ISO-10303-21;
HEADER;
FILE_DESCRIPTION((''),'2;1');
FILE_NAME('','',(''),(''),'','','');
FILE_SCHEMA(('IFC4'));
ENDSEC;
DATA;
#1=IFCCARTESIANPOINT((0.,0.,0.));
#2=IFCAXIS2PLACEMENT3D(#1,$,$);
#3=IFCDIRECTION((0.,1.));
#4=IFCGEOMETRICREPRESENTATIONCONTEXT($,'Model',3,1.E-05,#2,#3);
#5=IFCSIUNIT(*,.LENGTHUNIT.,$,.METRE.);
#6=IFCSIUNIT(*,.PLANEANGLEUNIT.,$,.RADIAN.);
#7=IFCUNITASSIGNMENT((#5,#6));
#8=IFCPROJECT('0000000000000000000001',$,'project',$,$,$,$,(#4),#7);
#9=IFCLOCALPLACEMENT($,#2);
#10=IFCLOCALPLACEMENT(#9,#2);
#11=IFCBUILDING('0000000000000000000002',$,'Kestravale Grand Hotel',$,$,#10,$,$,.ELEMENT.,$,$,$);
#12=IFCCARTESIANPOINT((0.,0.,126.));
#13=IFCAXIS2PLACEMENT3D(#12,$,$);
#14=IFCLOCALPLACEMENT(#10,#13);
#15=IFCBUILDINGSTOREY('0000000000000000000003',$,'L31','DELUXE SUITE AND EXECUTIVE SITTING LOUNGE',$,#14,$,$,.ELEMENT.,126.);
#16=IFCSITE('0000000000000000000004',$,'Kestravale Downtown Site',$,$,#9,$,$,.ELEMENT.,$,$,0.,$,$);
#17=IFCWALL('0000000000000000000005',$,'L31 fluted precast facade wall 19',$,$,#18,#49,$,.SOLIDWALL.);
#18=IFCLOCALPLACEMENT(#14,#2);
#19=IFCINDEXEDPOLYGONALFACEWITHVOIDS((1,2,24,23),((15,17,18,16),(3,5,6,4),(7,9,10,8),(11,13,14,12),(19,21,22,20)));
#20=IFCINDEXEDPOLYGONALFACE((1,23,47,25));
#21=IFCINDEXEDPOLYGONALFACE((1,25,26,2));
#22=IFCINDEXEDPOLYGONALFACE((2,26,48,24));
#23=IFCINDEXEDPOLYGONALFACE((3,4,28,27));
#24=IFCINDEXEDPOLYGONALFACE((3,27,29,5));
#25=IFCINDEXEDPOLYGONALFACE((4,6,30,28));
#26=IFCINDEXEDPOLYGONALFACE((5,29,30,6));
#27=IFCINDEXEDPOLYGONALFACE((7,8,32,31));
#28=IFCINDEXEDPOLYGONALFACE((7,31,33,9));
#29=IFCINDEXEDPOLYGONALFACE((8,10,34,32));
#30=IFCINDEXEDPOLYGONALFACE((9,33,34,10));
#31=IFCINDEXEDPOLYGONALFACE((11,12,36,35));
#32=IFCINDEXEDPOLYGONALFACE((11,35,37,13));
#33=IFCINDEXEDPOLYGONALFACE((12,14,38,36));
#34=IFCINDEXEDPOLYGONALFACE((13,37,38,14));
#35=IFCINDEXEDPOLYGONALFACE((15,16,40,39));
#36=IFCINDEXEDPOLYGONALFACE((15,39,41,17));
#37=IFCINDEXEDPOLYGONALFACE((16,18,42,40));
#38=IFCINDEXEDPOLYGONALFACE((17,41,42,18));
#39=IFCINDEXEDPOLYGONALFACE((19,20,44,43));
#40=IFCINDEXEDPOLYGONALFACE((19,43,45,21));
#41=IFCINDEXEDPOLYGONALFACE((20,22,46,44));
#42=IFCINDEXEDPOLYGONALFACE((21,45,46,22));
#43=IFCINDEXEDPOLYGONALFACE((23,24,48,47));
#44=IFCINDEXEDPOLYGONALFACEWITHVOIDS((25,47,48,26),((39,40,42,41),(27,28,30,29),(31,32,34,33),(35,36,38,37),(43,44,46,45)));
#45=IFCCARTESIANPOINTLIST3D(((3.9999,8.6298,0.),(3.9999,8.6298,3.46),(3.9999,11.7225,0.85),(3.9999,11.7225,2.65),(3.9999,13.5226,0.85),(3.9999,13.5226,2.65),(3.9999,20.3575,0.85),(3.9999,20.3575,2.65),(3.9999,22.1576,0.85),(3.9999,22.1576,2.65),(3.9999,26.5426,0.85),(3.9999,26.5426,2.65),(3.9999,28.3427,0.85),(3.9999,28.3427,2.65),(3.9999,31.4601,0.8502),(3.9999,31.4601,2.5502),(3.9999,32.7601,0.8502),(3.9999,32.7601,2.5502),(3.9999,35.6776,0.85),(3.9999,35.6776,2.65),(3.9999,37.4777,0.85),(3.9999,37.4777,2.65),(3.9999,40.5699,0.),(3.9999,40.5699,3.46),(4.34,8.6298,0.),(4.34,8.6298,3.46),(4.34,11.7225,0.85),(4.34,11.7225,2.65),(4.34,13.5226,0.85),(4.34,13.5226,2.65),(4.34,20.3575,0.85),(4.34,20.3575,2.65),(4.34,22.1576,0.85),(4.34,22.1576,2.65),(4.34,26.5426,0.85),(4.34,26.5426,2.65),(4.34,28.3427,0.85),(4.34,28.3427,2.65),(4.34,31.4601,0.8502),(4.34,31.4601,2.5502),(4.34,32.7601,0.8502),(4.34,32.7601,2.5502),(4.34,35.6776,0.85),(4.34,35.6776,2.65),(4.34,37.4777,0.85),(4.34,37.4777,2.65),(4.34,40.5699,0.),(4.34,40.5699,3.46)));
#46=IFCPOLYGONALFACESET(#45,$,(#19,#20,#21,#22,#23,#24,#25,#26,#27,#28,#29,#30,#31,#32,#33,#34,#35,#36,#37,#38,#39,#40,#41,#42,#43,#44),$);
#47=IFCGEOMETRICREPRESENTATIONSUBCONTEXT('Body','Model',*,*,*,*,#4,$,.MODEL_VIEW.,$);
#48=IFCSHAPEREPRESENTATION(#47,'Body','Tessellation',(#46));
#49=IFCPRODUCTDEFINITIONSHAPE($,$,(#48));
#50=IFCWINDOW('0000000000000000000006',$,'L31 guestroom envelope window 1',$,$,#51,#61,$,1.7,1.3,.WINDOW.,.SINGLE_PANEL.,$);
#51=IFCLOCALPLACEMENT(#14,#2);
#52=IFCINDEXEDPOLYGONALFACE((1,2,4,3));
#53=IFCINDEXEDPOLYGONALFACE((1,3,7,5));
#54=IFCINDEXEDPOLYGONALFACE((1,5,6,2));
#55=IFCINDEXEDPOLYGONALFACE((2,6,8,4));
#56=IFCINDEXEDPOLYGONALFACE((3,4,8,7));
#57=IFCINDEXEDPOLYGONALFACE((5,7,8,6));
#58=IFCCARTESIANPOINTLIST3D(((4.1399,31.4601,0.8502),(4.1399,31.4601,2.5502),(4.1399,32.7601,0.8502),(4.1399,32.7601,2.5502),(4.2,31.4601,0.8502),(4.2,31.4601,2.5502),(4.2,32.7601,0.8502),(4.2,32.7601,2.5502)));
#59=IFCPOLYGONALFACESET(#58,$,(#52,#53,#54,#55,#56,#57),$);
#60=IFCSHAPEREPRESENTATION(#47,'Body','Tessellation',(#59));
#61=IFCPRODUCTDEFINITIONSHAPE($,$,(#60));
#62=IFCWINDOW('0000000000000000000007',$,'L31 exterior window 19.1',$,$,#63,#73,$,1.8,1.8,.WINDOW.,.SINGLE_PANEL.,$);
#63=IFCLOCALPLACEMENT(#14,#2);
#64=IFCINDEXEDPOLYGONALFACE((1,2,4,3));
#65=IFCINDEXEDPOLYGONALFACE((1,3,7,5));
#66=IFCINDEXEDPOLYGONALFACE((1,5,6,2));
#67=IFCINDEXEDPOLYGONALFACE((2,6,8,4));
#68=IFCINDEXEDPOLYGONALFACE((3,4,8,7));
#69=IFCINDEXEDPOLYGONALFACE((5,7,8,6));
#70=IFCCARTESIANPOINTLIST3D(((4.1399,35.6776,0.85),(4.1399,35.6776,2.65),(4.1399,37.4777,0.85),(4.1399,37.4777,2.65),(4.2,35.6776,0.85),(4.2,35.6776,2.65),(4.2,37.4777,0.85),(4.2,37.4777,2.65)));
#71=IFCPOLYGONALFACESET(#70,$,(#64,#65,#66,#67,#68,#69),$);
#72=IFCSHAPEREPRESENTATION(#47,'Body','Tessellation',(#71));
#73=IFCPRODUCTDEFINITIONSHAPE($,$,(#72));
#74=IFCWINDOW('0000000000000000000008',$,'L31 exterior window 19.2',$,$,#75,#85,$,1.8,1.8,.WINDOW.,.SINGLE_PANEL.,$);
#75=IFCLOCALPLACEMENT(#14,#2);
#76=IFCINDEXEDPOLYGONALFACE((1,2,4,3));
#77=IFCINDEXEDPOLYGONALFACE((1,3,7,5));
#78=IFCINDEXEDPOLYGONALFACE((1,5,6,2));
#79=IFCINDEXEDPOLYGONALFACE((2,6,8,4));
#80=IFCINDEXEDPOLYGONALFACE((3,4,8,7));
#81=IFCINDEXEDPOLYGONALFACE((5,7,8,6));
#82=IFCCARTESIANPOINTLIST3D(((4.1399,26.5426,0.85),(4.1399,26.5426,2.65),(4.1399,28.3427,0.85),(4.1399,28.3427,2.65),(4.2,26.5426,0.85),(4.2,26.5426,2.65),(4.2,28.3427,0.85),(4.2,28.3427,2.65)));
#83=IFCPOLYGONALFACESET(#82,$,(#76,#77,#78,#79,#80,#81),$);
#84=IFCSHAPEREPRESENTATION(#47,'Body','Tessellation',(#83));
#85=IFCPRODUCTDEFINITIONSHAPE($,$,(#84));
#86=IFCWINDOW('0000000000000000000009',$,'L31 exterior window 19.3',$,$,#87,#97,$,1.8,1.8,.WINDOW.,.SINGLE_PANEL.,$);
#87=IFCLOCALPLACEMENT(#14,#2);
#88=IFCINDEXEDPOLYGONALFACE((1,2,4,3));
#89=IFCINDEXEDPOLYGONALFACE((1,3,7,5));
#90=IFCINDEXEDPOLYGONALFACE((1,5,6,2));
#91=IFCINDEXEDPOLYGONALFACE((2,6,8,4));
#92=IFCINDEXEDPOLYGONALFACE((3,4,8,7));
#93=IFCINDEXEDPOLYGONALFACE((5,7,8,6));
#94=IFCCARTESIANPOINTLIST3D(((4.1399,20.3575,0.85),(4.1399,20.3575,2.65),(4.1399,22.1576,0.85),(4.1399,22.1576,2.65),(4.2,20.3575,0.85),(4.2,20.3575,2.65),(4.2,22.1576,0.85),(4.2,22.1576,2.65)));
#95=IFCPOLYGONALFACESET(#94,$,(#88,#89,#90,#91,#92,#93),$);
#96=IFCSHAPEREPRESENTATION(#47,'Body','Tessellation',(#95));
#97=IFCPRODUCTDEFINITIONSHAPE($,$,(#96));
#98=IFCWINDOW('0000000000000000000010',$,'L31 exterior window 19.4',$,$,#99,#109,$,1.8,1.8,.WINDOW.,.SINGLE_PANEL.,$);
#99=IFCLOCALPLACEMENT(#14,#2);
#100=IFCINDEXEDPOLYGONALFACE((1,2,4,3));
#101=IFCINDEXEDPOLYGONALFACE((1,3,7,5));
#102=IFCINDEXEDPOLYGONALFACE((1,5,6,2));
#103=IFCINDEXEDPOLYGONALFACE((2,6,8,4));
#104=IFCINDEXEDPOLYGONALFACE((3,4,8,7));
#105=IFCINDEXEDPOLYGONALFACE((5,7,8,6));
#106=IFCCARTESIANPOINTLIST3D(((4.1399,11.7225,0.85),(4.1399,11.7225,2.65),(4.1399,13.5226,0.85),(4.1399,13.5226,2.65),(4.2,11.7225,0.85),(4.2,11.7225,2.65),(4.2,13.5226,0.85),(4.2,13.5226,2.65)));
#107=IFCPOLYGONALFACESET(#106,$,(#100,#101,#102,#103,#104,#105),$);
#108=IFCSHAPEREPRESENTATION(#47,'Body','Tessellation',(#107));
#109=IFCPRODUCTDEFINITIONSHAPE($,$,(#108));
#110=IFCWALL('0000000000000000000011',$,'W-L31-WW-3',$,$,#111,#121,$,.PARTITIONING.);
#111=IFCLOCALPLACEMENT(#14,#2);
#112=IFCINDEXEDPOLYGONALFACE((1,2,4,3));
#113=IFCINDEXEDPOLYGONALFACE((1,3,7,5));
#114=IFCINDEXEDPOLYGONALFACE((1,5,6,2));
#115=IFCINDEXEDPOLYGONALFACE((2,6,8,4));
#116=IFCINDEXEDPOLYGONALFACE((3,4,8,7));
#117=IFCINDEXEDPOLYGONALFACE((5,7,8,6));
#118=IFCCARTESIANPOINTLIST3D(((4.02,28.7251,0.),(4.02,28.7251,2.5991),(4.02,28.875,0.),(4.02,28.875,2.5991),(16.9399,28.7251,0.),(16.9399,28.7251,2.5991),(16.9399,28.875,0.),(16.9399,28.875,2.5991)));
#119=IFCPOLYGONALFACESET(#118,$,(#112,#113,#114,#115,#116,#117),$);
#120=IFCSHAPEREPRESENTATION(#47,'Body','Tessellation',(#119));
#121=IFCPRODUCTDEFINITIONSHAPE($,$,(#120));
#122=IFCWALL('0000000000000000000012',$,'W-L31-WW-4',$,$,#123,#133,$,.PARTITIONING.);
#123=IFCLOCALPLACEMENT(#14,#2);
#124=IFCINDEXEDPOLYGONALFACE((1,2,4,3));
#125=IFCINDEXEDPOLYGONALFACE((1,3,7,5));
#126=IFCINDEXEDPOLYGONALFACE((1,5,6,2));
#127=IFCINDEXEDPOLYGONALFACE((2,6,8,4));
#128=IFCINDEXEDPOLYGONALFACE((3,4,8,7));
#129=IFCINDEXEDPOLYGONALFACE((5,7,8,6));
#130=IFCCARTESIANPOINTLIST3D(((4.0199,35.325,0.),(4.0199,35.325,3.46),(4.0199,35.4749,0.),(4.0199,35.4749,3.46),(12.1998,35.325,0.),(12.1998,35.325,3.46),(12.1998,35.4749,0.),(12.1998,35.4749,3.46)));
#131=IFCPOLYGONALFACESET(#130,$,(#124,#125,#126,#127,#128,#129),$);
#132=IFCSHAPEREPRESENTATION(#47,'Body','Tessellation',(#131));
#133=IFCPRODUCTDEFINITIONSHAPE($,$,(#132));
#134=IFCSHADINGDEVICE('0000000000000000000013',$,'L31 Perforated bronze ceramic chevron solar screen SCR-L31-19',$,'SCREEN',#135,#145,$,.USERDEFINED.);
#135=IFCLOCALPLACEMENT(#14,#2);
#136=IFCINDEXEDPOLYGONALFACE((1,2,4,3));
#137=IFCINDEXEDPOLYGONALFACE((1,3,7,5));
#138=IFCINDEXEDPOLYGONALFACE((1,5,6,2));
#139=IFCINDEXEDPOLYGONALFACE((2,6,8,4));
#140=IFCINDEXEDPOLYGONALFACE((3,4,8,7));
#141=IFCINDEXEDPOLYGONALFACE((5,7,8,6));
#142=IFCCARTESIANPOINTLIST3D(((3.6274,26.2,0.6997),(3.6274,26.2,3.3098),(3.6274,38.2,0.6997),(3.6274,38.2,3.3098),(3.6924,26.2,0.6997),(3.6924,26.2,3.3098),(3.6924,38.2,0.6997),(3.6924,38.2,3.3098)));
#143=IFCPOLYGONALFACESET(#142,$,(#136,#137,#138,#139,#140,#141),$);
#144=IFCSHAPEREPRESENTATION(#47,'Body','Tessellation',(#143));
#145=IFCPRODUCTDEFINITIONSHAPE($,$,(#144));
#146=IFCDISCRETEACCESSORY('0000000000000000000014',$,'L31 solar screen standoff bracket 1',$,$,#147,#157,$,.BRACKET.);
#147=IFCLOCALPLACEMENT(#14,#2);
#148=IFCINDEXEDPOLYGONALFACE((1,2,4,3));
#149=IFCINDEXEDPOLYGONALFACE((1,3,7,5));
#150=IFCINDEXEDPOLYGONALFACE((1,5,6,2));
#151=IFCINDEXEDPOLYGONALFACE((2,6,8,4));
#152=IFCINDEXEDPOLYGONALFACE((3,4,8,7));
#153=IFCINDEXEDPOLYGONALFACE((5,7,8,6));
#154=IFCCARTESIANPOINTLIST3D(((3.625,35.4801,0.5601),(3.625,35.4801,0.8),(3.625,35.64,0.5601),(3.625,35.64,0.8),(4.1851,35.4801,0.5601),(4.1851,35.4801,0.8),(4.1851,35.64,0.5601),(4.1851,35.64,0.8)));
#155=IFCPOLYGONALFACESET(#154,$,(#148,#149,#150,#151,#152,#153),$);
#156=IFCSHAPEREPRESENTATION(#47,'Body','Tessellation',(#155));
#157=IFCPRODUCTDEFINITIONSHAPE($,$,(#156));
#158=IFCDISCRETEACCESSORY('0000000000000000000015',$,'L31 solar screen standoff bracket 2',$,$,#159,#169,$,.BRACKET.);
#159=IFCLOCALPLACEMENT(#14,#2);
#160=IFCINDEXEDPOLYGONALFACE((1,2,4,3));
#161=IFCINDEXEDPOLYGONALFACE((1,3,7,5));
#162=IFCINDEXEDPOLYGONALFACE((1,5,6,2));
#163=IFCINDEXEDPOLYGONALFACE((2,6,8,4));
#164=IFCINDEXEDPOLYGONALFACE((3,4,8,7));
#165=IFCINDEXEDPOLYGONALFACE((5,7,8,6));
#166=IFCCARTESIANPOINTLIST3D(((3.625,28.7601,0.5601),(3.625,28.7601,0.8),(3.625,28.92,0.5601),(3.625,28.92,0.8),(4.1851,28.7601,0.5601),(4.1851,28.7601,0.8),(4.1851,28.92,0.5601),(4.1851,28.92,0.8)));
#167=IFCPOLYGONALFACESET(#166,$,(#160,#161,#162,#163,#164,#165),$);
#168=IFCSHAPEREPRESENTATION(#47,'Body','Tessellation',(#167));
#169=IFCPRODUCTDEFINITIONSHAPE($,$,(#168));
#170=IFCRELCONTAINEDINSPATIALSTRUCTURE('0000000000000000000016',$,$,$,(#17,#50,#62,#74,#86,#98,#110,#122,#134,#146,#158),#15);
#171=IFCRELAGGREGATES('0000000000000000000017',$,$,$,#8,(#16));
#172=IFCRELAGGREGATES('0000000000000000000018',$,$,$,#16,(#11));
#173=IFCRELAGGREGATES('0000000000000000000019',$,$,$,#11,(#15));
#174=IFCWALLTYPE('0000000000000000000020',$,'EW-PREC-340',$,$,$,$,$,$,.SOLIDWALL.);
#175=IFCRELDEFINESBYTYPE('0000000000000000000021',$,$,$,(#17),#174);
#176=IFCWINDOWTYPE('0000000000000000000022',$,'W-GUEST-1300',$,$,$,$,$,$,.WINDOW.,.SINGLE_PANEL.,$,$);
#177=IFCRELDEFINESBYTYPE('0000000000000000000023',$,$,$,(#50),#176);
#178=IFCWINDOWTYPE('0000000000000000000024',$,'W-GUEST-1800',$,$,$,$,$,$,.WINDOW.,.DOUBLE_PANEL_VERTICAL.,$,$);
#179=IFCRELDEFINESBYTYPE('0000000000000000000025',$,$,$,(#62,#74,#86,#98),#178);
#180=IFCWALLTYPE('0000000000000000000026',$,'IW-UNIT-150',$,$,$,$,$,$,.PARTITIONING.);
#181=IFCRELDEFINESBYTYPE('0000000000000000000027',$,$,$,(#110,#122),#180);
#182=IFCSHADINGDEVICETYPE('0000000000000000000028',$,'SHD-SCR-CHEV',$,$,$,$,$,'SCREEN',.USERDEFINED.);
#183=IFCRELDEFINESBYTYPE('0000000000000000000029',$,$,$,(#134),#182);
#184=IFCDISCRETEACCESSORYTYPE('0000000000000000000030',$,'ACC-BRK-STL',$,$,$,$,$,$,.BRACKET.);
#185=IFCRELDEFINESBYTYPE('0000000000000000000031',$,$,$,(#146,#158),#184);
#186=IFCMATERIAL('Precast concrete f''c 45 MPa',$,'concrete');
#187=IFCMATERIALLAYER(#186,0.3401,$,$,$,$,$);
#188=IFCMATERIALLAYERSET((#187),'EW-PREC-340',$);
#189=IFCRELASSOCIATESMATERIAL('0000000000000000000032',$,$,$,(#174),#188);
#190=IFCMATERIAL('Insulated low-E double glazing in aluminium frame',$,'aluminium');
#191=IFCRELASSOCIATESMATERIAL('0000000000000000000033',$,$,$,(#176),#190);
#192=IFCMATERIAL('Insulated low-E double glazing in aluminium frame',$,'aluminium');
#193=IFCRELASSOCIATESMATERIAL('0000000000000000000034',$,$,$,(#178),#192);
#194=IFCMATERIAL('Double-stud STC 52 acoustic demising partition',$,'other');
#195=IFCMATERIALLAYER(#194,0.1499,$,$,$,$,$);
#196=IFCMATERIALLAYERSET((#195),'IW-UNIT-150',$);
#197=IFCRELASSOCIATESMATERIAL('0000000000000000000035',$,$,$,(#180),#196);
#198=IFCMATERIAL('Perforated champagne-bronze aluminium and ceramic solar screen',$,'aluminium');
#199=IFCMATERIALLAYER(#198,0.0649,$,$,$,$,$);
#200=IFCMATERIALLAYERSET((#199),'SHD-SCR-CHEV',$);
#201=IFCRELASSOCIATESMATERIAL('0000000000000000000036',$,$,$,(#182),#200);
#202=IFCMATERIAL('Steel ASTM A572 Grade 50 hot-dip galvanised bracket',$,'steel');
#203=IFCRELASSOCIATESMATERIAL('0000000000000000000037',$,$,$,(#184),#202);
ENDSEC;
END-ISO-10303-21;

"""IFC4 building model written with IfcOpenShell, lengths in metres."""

from ifc_helpers import new_model, si_unit, direction, frame, frame_2d, origin, origin_2d, place, context, subcontext, project, spatial, rectangle, extrude, material, layer, layer_set, type_object, element, fill, save


model = new_model("IFC4")

# Units and contexts
model_context = context("Model", 3, precision=1e-05, world=origin(), true_north=direction((0.0, 1.0)))
body_context = subcontext(model_context, "Body", "Model", "MODEL_VIEW")
ifc_project = project(units=[si_unit("LENGTHUNIT", "METRE"), si_unit("PLANEANGLEUNIT", "RADIAN")], contexts=[model_context])

# Site, building, storey
site_placement = place(None, origin())
site = spatial("IfcSite", under=ifc_project, at=site_placement, Name="Kestravale Downtown Site", CompositionType="ELEMENT", RefElevation=0.0)
building_placement = place(site_placement, origin())
building = spatial("IfcBuilding", under=site, at=building_placement, Name="Kestravale Grand Hotel", CompositionType="ELEMENT")
storey_placement = place(building_placement, frame((0.0, 0.0, 126.0)))
storey = spatial("IfcBuildingStorey", under=building, at=storey_placement, Name="L31", Description="DELUXE SUITE AND EXECUTIVE SITTING LOUNGE", CompositionType="ELEMENT", Elevation=126.0)

# Wall, openings, windows
ifc_material_1 = material(Name="Precast concrete f'c 45 MPa", Category="concrete")
ifc_layer_1 = layer(ifc_material_1, 0.3401)
ifc_layer_set_1 = layer_set([ifc_layer_1], Name="EW-PREC-340")
wall_type_1 = type_object("IfcWallType", Name="EW-PREC-340", PredefinedType="SOLIDWALL", material=ifc_layer_set_1)
wall_1_placement = place(storey_placement, frame((4.1699, 40.5701, 0.0), z_axis=(0.0, 0.0, 1.0), x_axis=(0.0, -1.0, 0.0)))
wall_1 = element("IfcWall", 1, at=wall_1_placement, inside=storey, type_object=wall_type_1, Name="L31 fluted precast facade wall 19", PredefinedType="SOLIDWALL", context=body_context, shape_type="SweptSolid", body=[
    extrude(rectangle(XDim=31.9402, YDim=0.3401, at=frame_2d((15.9702, 0.0))), origin(), (0.0, 0.0, 1.0), 3.46),
])
opening_1_placement = place(wall_1_placement, frame((3.0925, 0.0, 0.8501)))
opening_1 = element("IfcOpeningElement", 2, at=opening_1_placement, cuts=wall_1, PredefinedType="OPENING", context=body_context, shape_type="SweptSolid", body=[
    extrude(rectangle(XDim=1.8, YDim=1.8, at=frame_2d((0.8999, 0.8999))), frame((0.0, 0.1799, 0.0), z_axis=(0.0, -1.0, 0.0), x_axis=(1.0, 0.0, 0.0)), (0.0, 0.0, 1.0), 0.3601),
])
opening_2_placement = place(wall_1_placement, frame((12.2275, 0.0, 0.8501)))
opening_2 = element("IfcOpeningElement", 3, at=opening_2_placement, cuts=wall_1, PredefinedType="OPENING", context=body_context, shape_type="SweptSolid", body=[
    extrude(rectangle(XDim=1.8, YDim=1.8, at=frame_2d((0.8999, 0.8999))), frame((0.0, 0.1799, 0.0), z_axis=(0.0, -1.0, 0.0), x_axis=(1.0, 0.0, 0.0)), (0.0, 0.0, 1.0), 0.3601),
])
opening_3_placement = place(wall_1_placement, frame((18.4126, 0.0, 0.8501)))
opening_3 = element("IfcOpeningElement", 4, at=opening_3_placement, cuts=wall_1, PredefinedType="OPENING", context=body_context, shape_type="SweptSolid", body=[
    extrude(rectangle(XDim=1.8, YDim=1.8, at=frame_2d((0.8999, 0.8999))), frame((0.0, 0.1799, 0.0), z_axis=(0.0, -1.0, 0.0), x_axis=(1.0, 0.0, 0.0)), (0.0, 0.0, 1.0), 0.3601),
])
opening_4_placement = place(wall_1_placement, frame((27.0476, 0.0, 0.8501)))
opening_4 = element("IfcOpeningElement", 5, at=opening_4_placement, cuts=wall_1, PredefinedType="OPENING", context=body_context, shape_type="SweptSolid", body=[
    extrude(rectangle(XDim=1.8, YDim=1.8, at=frame_2d((0.8999, 0.8999))), frame((0.0, 0.1799, 0.0), z_axis=(0.0, -1.0, 0.0), x_axis=(1.0, 0.0, 0.0)), (0.0, 0.0, 1.0), 0.3601),
])
opening_5_placement = place(wall_1_placement, frame((7.8101, 0.0, 0.8501)))
opening_5 = element("IfcOpeningElement", 6, at=opening_5_placement, cuts=wall_1, PredefinedType="OPENING", context=body_context, shape_type="SweptSolid", body=[
    extrude(rectangle(XDim=1.3, YDim=1.7, at=frame_2d((0.6499, 0.8501))), frame((0.0, 0.1799, 0.0), z_axis=(0.0, -1.0, 0.0), x_axis=(1.0, 0.0, 0.0)), (0.0, 0.0, 1.0), 0.3601),
])
ifc_material_2 = material(Name="Insulated low-E double glazing in aluminium frame", Category="aluminium")
window_type_1 = type_object("IfcWindowType", Name="W-GUEST-1300", PartitioningType="SINGLE_PANEL", PredefinedType="WINDOW", material=ifc_material_2)
window_1_placement = place(opening_5_placement, origin())
window_1 = element("IfcWindow", 7, at=window_1_placement, inside=storey, type_object=window_type_1, Name="L31 guestroom envelope window 1", OverallHeight=1.7, OverallWidth=1.3, PartitioningType="SINGLE_PANEL", PredefinedType="WINDOW", context=body_context, shape_type="SweptSolid", body=[
    extrude(rectangle(XDim=1.3, YDim=1.7, at=frame_2d((0.6499, 0.8501))), frame((0.0, 0.03, 0.0), z_axis=(0.0, -1.0, 0.0), x_axis=(1.0, 0.0, 0.0)), (0.0, 0.0, 1.0), 0.0601),
])
fill(opening_5, window_1)
ifc_material_3 = material(Name="Insulated low-E double glazing in aluminium frame", Category="aluminium")
window_type_2 = type_object("IfcWindowType", Name="W-GUEST-1800", PartitioningType="DOUBLE_PANEL_VERTICAL", PredefinedType="WINDOW", material=ifc_material_3)
window_2_placement = place(opening_1_placement, origin())
window_2 = element("IfcWindow", 8, at=window_2_placement, inside=storey, type_object=window_type_2, Name="L31 exterior window 19.1", OverallHeight=1.8, OverallWidth=1.8, PartitioningType="SINGLE_PANEL", PredefinedType="WINDOW", context=body_context, shape_type="SweptSolid", body=[
    extrude(rectangle(XDim=1.8, YDim=1.8, at=frame_2d((0.8999, 0.8999))), frame((0.0, 0.03, 0.0), z_axis=(0.0, -1.0, 0.0), x_axis=(1.0, 0.0, 0.0)), (0.0, 0.0, 1.0), 0.0601),
])
fill(opening_1, window_2)
window_3_placement = place(opening_2_placement, origin())
window_3 = element("IfcWindow", 9, at=window_3_placement, inside=storey, type_object=window_type_2, Name="L31 exterior window 19.2", OverallHeight=1.8, OverallWidth=1.8, PartitioningType="SINGLE_PANEL", PredefinedType="WINDOW", context=body_context, shape_type="SweptSolid", body=[
    extrude(rectangle(XDim=1.8, YDim=1.8, at=frame_2d((0.8999, 0.8999))), frame((0.0, 0.03, 0.0), z_axis=(0.0, -1.0, 0.0), x_axis=(1.0, 0.0, 0.0)), (0.0, 0.0, 1.0), 0.0601),
])
fill(opening_2, window_3)
window_4_placement = place(opening_3_placement, origin())
window_4 = element("IfcWindow", 10, at=window_4_placement, inside=storey, type_object=window_type_2, Name="L31 exterior window 19.3", OverallHeight=1.8, OverallWidth=1.8, PartitioningType="SINGLE_PANEL", PredefinedType="WINDOW", context=body_context, shape_type="SweptSolid", body=[
    extrude(rectangle(XDim=1.8, YDim=1.8, at=frame_2d((0.8999, 0.8999))), frame((0.0, 0.03, 0.0), z_axis=(0.0, -1.0, 0.0), x_axis=(1.0, 0.0, 0.0)), (0.0, 0.0, 1.0), 0.0601),
])
fill(opening_3, window_4)
window_5_placement = place(opening_4_placement, origin())
window_5 = element("IfcWindow", 11, at=window_5_placement, inside=storey, type_object=window_type_2, Name="L31 exterior window 19.4", OverallHeight=1.8, OverallWidth=1.8, PartitioningType="SINGLE_PANEL", PredefinedType="WINDOW", context=body_context, shape_type="SweptSolid", body=[
    extrude(rectangle(XDim=1.8, YDim=1.8, at=frame_2d((0.8999, 0.8999))), frame((0.0, 0.03, 0.0), z_axis=(0.0, -1.0, 0.0), x_axis=(1.0, 0.0, 0.0)), (0.0, 0.0, 1.0), 0.0601),
])
fill(opening_4, window_5)

# Walls
ifc_material_4 = material(Name="Double-stud STC 52 acoustic demising partition", Category="other")
ifc_layer_2 = layer(ifc_material_4, 0.1499)
ifc_layer_set_2 = layer_set([ifc_layer_2], Name="IW-UNIT-150")
wall_type_2 = type_object("IfcWallType", Name="IW-UNIT-150", PredefinedType="PARTITIONING", material=ifc_layer_set_2)
wall_2_placement = place(storey_placement, frame((4.02, 28.8, 0.0), z_axis=(0.0, 0.0, 1.0), x_axis=(1.0, 0.0, 0.0)))
element("IfcWall", 12, at=wall_2_placement, inside=storey, type_object=wall_type_2, Name="W-L31-WW-3", PredefinedType="PARTITIONING", context=body_context, shape_type="SweptSolid", body=[
    extrude(rectangle(XDim=12.9199, YDim=0.1499, at=frame_2d((6.46, 0.0))), origin(), (0.0, 0.0, 1.0), 2.5991),
])
wall_3_placement = place(storey_placement, frame((4.02, 35.3999, 0.0), z_axis=(0.0, 0.0, 1.0), x_axis=(1.0, 0.0, 0.0)))
element("IfcWall", 13, at=wall_3_placement, inside=storey, type_object=wall_type_2, Name="W-L31-WW-4", PredefinedType="PARTITIONING", context=body_context, shape_type="SweptSolid", body=[
    extrude(rectangle(XDim=8.1799, YDim=0.1499, at=frame_2d((4.0898, 0.0))), origin(), (0.0, 0.0, 1.0), 3.46),
])

# Shading device
ifc_material_5 = material(Name="Perforated champagne-bronze aluminium and ceramic solar screen", Category="aluminium")
ifc_layer_3 = layer(ifc_material_5, 0.0649)
ifc_layer_set_3 = layer_set([ifc_layer_3], Name="SHD-SCR-CHEV")
shading_device_type = type_object("IfcShadingDeviceType", Name="SHD-SCR-CHEV", ElementType="SCREEN", PredefinedType="USERDEFINED", material=ifc_layer_set_3)
shading_device_placement = place(storey_placement, frame((3.6599, 32.2, 0.6997), z_axis=(0.0, 0.0, 1.0), x_axis=(0.0, -1.0, 0.0)))
element("IfcShadingDevice", 14, at=shading_device_placement, inside=storey, type_object=shading_device_type, Name="L31 Perforated bronze ceramic chevron solar screen SCR-L31-19", ObjectType="SCREEN", PredefinedType="USERDEFINED", context=body_context, shape_type="SweptSolid", body=[
    extrude(rectangle(XDim=12.0, YDim=0.0649, at=origin_2d()), origin(), (0.0, 0.0, 1.0), 2.6101),
])

# Discrete accessories
ifc_material_6 = material(Name="Steel ASTM A572 Grade 50 hot-dip galvanised bracket", Category="steel")
discrete_accessory_type = type_object("IfcDiscreteAccessoryType", Name="ACC-BRK-STL", PredefinedType="BRACKET", material=ifc_material_6)
for number, where, z_axis, x_axis, name in (
    (15, (3.905, 35.5601, 0.5601), (0.0, 0.0, 1.0), (0.0, -1.0, 0.0), "L31 solar screen standoff bracket 1"),
    (16, (3.905, 28.8401, 0.5601), (0.0, 0.0, 1.0), (0.0, -1.0, 0.0), "L31 solar screen standoff bracket 2"),
):
    element("IfcDiscreteAccessory", number, at=place(storey_placement, frame(where, z_axis=z_axis, x_axis=x_axis)), inside=storey, type_object=discrete_accessory_type, Name=name, PredefinedType="BRACKET", context=body_context, shape_type="SweptSolid", body=[
        extrude(rectangle(XDim=0.1599, YDim=0.5601, at=origin_2d()), origin(), (0.0, 0.0, 1.0), 0.24),
    ])

save(model, "model.ifc")
